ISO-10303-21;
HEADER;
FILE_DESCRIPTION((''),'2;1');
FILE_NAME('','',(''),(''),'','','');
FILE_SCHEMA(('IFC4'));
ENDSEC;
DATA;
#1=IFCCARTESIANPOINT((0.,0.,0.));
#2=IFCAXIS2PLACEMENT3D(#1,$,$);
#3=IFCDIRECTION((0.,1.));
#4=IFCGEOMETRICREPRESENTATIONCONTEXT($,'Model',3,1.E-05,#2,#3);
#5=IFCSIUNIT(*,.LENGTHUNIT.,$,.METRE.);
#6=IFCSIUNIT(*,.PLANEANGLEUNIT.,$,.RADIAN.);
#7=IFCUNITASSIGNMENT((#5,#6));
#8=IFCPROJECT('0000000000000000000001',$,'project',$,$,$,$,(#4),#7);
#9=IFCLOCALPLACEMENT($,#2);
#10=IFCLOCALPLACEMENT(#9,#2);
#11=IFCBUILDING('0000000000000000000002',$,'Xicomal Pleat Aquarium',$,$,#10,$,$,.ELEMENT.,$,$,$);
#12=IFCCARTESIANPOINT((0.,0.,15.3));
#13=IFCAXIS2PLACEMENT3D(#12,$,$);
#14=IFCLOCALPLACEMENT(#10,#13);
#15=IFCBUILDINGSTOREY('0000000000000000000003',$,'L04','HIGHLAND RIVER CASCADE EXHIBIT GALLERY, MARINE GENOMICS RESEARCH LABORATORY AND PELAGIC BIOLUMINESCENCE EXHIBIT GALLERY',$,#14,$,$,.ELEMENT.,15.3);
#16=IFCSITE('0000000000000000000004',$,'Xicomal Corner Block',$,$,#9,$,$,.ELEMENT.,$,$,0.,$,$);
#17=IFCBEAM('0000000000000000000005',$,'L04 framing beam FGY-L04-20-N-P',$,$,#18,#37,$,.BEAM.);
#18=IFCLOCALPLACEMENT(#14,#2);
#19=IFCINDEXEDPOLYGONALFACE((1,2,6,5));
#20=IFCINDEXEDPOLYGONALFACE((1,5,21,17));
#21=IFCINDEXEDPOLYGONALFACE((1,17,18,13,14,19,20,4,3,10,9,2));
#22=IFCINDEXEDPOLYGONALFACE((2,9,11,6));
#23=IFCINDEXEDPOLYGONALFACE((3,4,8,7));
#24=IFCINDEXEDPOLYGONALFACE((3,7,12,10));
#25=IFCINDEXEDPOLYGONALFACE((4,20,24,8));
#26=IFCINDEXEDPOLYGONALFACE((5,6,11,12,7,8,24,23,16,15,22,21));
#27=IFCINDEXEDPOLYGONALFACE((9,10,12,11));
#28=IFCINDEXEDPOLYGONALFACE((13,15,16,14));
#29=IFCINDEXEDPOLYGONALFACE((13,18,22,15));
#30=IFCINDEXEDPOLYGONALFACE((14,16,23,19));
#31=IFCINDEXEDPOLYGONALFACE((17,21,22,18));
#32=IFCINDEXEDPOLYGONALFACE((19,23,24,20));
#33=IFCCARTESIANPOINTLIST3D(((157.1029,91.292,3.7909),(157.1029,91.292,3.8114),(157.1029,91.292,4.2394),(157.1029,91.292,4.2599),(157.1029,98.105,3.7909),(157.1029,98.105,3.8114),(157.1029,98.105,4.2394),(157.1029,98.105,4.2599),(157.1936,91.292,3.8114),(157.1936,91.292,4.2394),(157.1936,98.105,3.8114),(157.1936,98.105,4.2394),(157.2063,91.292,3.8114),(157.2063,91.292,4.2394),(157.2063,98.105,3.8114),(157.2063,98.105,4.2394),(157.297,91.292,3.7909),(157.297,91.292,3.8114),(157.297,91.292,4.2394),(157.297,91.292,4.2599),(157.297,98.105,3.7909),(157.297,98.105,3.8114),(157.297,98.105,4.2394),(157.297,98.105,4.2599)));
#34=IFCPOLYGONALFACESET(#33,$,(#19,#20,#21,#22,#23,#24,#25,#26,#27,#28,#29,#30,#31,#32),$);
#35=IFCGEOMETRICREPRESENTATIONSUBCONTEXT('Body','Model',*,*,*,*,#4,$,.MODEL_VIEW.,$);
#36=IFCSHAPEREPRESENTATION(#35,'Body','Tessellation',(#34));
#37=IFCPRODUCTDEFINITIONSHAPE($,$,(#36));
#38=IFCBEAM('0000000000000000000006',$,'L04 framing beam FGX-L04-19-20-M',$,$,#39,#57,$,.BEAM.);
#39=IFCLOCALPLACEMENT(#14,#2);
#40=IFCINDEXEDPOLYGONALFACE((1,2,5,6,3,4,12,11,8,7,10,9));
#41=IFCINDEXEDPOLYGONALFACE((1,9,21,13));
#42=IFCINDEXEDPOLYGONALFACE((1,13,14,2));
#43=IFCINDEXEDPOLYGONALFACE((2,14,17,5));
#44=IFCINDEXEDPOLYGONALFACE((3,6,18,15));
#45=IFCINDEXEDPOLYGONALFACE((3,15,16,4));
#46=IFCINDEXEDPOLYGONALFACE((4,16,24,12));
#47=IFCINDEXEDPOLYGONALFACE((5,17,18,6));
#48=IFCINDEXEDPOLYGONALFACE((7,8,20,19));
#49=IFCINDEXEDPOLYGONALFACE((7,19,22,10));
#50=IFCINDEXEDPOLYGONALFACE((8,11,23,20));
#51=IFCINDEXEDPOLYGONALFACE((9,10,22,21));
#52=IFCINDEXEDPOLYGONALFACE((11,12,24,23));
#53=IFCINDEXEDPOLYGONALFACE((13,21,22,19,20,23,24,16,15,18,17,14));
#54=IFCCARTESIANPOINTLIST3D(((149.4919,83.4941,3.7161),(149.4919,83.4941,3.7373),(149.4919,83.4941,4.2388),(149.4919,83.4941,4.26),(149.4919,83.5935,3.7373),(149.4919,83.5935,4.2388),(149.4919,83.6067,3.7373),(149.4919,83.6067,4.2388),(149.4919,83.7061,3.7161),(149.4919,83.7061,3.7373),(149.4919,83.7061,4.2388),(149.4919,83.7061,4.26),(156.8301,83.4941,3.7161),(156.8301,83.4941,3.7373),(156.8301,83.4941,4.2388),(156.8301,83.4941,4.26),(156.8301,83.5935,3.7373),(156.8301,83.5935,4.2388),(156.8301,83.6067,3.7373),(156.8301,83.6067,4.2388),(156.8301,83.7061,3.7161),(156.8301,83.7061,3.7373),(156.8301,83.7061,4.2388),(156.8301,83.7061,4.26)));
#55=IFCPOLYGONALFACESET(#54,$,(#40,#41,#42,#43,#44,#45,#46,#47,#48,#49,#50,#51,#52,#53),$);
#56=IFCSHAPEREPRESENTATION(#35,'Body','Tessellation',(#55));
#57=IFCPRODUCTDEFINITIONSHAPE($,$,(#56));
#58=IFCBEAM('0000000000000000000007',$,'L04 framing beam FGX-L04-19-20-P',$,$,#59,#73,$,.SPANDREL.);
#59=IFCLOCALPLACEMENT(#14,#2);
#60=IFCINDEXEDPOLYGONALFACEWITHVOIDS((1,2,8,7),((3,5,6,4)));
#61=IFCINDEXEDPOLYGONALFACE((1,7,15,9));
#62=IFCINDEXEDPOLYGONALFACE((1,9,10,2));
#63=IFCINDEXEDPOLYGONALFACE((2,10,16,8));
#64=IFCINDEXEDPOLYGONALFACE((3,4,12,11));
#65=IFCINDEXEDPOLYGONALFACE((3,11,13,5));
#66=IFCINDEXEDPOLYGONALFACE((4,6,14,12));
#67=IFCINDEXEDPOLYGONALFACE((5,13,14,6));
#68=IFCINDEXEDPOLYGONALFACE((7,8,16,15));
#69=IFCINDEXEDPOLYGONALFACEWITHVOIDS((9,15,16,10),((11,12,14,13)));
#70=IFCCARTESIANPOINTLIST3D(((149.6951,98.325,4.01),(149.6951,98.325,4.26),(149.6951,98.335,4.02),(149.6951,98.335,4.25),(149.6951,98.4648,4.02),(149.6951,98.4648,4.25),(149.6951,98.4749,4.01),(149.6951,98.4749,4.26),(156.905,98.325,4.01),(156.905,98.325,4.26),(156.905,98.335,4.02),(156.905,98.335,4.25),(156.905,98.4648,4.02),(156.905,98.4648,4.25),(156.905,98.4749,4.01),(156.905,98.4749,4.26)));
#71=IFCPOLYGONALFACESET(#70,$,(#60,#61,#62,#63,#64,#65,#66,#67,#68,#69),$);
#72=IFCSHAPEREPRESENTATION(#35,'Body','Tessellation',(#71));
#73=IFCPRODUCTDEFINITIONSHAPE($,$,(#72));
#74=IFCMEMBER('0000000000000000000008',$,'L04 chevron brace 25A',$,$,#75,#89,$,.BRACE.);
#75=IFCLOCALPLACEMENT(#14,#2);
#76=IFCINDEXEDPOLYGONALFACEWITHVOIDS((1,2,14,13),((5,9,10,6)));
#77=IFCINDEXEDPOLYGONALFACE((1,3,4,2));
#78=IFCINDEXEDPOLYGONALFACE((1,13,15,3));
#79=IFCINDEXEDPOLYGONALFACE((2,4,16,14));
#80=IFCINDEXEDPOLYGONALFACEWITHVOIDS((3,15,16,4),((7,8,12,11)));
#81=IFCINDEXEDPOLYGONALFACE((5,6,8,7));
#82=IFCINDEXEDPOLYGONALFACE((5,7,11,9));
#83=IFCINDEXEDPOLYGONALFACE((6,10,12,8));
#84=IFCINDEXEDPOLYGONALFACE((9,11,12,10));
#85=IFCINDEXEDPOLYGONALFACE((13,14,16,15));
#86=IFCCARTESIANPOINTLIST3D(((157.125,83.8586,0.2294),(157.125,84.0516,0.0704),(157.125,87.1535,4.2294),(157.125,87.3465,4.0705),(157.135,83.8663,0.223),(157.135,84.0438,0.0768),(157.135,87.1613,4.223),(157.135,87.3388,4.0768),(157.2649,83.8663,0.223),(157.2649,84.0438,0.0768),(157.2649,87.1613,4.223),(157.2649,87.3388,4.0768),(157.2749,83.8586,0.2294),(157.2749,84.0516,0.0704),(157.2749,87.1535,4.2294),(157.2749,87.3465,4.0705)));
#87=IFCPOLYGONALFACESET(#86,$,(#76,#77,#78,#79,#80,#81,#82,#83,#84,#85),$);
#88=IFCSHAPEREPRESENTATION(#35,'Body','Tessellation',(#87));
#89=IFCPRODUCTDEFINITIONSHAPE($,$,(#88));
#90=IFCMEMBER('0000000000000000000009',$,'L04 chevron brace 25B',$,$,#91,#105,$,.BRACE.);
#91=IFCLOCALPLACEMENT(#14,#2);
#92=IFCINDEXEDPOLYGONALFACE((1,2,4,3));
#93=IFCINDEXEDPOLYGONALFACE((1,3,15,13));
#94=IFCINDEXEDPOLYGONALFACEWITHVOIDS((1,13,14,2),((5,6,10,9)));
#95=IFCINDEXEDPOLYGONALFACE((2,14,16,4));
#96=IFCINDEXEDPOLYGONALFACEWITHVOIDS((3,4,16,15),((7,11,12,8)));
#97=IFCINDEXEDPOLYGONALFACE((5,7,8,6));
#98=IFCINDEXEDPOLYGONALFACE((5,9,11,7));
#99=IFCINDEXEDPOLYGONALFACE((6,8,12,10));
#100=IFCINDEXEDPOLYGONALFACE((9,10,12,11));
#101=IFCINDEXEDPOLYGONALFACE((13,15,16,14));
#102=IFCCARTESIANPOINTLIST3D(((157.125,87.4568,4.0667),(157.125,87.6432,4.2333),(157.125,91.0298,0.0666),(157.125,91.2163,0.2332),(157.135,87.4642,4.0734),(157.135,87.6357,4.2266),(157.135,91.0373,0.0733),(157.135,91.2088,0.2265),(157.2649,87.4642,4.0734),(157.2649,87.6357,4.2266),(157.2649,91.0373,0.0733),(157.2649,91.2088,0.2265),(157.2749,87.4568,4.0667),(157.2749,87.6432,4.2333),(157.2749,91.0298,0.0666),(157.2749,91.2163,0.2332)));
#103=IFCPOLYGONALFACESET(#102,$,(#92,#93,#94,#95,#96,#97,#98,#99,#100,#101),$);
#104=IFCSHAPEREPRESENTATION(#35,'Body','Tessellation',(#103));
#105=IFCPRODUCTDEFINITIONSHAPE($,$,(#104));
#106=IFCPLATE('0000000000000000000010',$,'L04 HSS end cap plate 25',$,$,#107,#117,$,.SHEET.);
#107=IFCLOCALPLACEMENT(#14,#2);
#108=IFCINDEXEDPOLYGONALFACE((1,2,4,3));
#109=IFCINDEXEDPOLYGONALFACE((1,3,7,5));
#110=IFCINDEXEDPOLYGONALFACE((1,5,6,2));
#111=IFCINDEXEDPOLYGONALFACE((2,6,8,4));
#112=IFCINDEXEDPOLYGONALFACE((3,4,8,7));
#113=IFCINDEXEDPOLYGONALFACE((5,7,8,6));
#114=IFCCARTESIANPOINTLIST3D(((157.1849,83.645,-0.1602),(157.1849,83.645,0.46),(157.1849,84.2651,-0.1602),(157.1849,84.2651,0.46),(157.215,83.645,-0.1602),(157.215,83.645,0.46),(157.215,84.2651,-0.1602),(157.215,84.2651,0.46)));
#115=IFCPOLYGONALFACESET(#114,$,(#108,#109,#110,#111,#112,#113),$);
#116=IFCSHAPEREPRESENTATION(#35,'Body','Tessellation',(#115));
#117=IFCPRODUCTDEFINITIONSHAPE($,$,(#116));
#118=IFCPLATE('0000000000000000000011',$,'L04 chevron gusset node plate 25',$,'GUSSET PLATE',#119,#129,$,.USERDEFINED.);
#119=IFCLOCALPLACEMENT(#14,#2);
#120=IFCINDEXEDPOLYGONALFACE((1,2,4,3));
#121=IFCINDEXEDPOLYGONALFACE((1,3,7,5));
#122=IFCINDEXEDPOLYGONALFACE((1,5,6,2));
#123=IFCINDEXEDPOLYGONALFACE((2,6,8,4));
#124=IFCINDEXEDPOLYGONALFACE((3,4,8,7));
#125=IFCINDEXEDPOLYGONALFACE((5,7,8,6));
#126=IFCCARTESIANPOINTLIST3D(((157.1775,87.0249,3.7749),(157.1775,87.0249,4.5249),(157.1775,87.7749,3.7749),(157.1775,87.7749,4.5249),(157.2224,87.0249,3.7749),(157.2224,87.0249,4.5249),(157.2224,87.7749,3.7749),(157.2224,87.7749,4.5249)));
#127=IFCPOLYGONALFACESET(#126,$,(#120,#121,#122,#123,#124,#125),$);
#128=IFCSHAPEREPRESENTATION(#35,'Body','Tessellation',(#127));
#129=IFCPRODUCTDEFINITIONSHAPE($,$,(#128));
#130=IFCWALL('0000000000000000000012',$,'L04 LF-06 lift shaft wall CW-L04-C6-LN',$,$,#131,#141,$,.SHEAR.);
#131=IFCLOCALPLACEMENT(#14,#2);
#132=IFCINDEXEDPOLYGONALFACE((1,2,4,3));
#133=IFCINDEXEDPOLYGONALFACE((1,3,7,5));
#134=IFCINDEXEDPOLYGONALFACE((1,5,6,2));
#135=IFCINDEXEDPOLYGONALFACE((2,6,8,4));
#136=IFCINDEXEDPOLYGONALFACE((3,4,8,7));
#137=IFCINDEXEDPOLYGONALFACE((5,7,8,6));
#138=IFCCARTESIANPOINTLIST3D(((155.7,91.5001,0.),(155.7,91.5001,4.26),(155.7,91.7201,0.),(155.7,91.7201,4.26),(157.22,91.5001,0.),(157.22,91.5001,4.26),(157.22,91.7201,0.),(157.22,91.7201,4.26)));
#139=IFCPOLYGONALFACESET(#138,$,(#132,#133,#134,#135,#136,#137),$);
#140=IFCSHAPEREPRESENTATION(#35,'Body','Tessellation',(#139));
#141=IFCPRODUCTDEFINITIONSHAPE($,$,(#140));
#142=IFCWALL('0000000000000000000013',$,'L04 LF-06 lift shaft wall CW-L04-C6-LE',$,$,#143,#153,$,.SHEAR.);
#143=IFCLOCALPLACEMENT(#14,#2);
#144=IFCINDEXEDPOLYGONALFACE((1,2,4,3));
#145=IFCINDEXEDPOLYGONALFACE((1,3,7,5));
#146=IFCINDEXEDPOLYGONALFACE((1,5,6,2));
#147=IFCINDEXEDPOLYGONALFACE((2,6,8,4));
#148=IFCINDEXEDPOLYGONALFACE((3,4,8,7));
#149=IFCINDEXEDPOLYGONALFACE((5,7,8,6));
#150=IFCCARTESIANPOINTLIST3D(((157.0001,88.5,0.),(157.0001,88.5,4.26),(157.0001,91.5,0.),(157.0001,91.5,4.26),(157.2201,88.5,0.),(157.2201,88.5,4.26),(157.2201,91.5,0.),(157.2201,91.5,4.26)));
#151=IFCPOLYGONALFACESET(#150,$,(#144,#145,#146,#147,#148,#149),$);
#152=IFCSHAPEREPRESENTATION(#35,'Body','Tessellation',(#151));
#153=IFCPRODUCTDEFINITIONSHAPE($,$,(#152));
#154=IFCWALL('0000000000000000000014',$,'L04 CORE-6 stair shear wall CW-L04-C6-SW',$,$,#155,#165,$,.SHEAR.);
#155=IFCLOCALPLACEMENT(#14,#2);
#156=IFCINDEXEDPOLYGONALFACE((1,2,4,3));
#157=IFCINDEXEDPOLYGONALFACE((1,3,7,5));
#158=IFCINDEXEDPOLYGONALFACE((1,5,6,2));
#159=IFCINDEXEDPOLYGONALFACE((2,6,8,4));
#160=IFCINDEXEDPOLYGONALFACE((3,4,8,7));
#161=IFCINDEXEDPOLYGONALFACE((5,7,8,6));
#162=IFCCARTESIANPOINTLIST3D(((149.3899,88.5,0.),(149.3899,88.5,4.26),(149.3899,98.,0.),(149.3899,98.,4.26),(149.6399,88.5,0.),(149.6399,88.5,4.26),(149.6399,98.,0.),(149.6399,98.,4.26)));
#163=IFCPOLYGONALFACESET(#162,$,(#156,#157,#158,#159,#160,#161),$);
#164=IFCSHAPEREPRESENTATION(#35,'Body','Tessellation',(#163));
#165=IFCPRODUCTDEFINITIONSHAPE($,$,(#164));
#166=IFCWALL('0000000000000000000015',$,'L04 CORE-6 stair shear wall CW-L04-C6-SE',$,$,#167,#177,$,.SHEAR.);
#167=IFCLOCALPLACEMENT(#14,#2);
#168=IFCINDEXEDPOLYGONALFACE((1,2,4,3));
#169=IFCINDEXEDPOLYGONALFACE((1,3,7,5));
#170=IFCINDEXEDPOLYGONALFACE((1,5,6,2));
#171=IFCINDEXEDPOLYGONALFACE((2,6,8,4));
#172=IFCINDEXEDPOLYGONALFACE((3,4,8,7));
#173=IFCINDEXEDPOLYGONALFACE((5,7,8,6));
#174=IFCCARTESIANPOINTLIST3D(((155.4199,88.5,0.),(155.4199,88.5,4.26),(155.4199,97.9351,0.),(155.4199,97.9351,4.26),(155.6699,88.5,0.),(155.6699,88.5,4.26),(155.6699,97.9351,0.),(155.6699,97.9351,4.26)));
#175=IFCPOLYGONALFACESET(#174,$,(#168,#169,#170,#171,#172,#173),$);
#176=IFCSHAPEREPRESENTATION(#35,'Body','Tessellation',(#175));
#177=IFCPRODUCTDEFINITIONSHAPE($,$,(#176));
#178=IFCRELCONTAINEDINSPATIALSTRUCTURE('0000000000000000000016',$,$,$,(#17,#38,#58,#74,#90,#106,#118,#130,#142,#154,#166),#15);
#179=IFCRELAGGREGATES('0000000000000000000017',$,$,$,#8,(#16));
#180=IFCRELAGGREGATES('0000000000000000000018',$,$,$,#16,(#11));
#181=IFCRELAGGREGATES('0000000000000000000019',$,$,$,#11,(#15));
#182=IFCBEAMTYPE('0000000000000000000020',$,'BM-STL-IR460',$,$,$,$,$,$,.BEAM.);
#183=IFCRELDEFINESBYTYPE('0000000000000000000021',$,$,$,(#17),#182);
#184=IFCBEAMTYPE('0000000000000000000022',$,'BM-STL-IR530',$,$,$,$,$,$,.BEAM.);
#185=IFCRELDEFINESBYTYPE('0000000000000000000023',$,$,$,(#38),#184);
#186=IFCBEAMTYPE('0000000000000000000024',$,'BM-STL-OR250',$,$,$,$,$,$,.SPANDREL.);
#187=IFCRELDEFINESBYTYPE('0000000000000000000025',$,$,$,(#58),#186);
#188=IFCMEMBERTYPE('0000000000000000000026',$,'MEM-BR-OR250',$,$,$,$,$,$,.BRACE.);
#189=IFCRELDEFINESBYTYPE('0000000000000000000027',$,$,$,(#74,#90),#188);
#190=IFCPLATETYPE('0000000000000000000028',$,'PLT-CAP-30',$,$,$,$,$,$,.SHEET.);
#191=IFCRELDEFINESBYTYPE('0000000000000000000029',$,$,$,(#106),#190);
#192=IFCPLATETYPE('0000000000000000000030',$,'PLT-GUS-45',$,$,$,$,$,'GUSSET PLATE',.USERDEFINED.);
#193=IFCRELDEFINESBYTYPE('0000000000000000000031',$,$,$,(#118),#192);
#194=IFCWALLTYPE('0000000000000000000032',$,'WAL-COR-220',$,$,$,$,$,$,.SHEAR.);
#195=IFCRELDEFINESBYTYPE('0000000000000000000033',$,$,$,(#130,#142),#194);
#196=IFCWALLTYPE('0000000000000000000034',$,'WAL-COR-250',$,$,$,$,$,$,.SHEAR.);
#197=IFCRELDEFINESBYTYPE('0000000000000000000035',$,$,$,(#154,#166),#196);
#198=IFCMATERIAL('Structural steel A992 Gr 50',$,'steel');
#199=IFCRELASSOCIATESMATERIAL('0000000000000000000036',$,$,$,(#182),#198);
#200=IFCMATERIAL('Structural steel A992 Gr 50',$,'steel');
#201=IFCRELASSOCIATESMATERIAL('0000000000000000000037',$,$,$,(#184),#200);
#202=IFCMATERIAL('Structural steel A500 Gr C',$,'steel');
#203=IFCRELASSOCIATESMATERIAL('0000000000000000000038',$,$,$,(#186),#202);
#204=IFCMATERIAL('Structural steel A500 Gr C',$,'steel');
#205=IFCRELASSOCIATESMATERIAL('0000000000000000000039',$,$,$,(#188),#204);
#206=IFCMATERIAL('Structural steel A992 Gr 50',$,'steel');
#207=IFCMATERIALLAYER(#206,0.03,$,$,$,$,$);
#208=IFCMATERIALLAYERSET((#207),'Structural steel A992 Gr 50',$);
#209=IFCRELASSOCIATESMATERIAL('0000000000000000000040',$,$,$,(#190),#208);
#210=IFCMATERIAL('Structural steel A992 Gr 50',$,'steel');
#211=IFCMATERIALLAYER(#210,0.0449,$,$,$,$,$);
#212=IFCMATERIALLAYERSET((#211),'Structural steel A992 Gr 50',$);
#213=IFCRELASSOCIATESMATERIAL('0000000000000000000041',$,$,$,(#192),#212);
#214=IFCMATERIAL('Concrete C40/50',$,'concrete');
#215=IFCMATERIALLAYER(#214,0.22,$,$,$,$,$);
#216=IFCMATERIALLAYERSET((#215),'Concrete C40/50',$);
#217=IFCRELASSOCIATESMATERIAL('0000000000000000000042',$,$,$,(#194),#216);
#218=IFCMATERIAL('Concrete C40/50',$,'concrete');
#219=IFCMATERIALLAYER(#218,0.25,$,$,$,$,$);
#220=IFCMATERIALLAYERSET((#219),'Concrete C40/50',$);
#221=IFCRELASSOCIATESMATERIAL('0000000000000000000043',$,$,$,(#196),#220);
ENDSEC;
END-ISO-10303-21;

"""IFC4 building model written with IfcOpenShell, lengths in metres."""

from ifc_helpers import new_model, si_unit, direction, frame, frame_2d, origin, origin_2d, place, context, subcontext, project, spatial, rectangle, hollow_rectangle, i_section, extrude, material, layer, layer_set, material_profile, profile_set, type_object, element, save


model = new_model("IFC4")

# Units and contexts
model_context = context("Model", 3, precision=1e-05, world=origin(), true_north=direction((0.0, 1.0)))
body_context = subcontext(model_context, "Body", "Model", "MODEL_VIEW")
ifc_project = project(units=[si_unit("LENGTHUNIT", "METRE"), si_unit("PLANEANGLEUNIT", "RADIAN")], contexts=[model_context])

# Site, building, storey
site_placement = place(None, origin())
site = spatial("IfcSite", under=ifc_project, at=site_placement, Name="Xicomal Corner Block", CompositionType="ELEMENT", RefElevation=0.0)
building_placement = place(site_placement, origin())
building = spatial("IfcBuilding", under=site, at=building_placement, Name="Xicomal Pleat Aquarium", CompositionType="ELEMENT")
storey_placement = place(building_placement, frame((0.0, 0.0, 15.3)))
storey = spatial("IfcBuildingStorey", under=building, at=storey_placement, Name="L04", Description="HIGHLAND RIVER CASCADE EXHIBIT GALLERY, MARINE GENOMICS RESEARCH LABORATORY AND PELAGIC BIOLUMINESCENCE EXHIBIT GALLERY", CompositionType="ELEMENT", Elevation=15.3)

# Beams
ifc_material_1 = material(Name="Structural steel A992 Gr 50", Category="steel")
ifc_material_profile_1 = material_profile(ifc_material_1, i_section(OverallWidth=0.1941, OverallDepth=0.469, WebThickness=0.0127, FlangeThickness=0.0205, at=origin_2d()), Name="IR 460x106")
ifc_profile_set_1 = profile_set([ifc_material_profile_1], Name="Structural steel A992 Gr 50")
beam_type_1 = type_object("IfcBeamType", Name="BM-STL-IR460", PredefinedType="BEAM", material=ifc_profile_set_1)
beam_1_placement = place(storey_placement, frame((157.2, 91.292, 4.0254), z_axis=(0.0, 1.0, 0.0), x_axis=(-1.0, 0.0, 0.0)))
element("IfcBeam", 1, at=beam_1_placement, inside=storey, type_object=beam_type_1, Name="L04 framing beam FGY-L04-20-N-P", PredefinedType="BEAM", context=body_context, shape_type="SweptSolid", body=[
    extrude(i_section(OverallWidth=0.1941, OverallDepth=0.469, WebThickness=0.0127, FlangeThickness=0.0205, at=origin_2d()), origin(), (0.0, 0.0, 1.0), 6.813),
])
ifc_material_2 = material(Name="Structural steel A992 Gr 50", Category="steel")
ifc_material_profile_2 = material_profile(ifc_material_2, i_section(OverallWidth=0.2119, OverallDepth=0.5439, WebThickness=0.0132, FlangeThickness=0.0212, at=origin_2d()), Name="IR 530x123")
ifc_profile_set_2 = profile_set([ifc_material_profile_2], Name="Structural steel A992 Gr 50")
beam_type_2 = type_object("IfcBeamType", Name="BM-STL-IR530", PredefinedType="BEAM", material=ifc_profile_set_2)
beam_2_placement = place(storey_placement, frame((149.4919, 83.6001, 3.988), z_axis=(1.0, 0.0, 0.0), x_axis=(0.0, 1.0, 0.0)))
element("IfcBeam", 2, at=beam_2_placement, inside=storey, type_object=beam_type_2, Name="L04 framing beam FGX-L04-19-20-M", PredefinedType="BEAM", context=body_context, shape_type="SweptSolid", body=[
    extrude(i_section(OverallWidth=0.2119, OverallDepth=0.5439, WebThickness=0.0132, FlangeThickness=0.0212, at=origin_2d()), origin(), (0.0, 0.0, 1.0), 7.3381),
])
ifc_material_3 = material(Name="Structural steel A500 Gr C", Category="steel")
ifc_material_profile_3 = material_profile(ifc_material_3, hollow_rectangle(XDim=0.1499, YDim=0.25, WallThickness=0.01, at=origin_2d()), Name="OR 250x150x10")
ifc_profile_set_3 = profile_set([ifc_material_profile_3], Name="Structural steel A500 Gr C")
beam_type_3 = type_object("IfcBeamType", Name="BM-STL-OR250", PredefinedType="SPANDREL", material=ifc_profile_set_3)
beam_3_placement = place(storey_placement, frame((149.6951, 98.3999, 4.135), z_axis=(1.0, 0.0, 0.0), x_axis=(0.0, 1.0, 0.0)))
element("IfcBeam", 3, at=beam_3_placement, inside=storey, type_object=beam_type_3, Name="L04 framing beam FGX-L04-19-20-P", PredefinedType="SPANDREL", context=body_context, shape_type="SweptSolid", body=[
    extrude(hollow_rectangle(XDim=0.1499, YDim=0.25, WallThickness=0.01, at=origin_2d()), origin(), (0.0, 0.0, 1.0), 7.21),
])

# Members
ifc_material_4 = material(Name="Structural steel A500 Gr C", Category="steel")
ifc_material_profile_4 = material_profile(ifc_material_4, hollow_rectangle(XDim=0.1499, YDim=0.25, WallThickness=0.01, at=origin_2d()), Name="OR 250x150x10")
ifc_profile_set_4 = profile_set([ifc_material_profile_4], Name="Structural steel A500 Gr C")
member_type = type_object("IfcMemberType", Name="MEM-BR-OR250", PredefinedType="BRACE", material=ifc_profile_set_4)
member_1_placement = place(storey_placement, frame((157.2, 83.9551, 0.1499), z_axis=(0.0, 0.6358, 0.771854), x_axis=(-1.0, 0.0, 0.0)))
element("IfcMember", 4, at=member_1_placement, inside=storey, type_object=member_type, Name="L04 chevron brace 25A", PredefinedType="BRACE", context=body_context, shape_type="SweptSolid", body=[
    extrude(hollow_rectangle(XDim=0.1499, YDim=0.25, WallThickness=0.01, at=origin_2d()), origin(), (0.0, 0.0, 1.0), 5.1824),
])
member_2_placement = place(storey_placement, frame((157.2, 91.123, 0.1499), z_axis=(0.0, -0.666179, 0.745792), x_axis=(1.0, 0.0, 0.0)))
element("IfcMember", 5, at=member_2_placement, inside=storey, type_object=member_type, Name="L04 chevron brace 25B", PredefinedType="BRACE", context=body_context, shape_type="SweptSolid", body=[
    extrude(hollow_rectangle(XDim=0.1499, YDim=0.25, WallThickness=0.01, at=origin_2d()), origin(), (0.0, 0.0, 1.0), 5.3635),
])

# Plates
ifc_material_5 = material(Name="Structural steel A992 Gr 50", Category="steel")
ifc_layer_1 = layer(ifc_material_5, 0.03)
ifc_layer_set_1 = layer_set([ifc_layer_1], Name="Structural steel A992 Gr 50")
plate_type_1 = type_object("IfcPlateType", Name="PLT-CAP-30", PredefinedType="SHEET", material=ifc_layer_set_1)
plate_1_placement = place(storey_placement, frame((157.2, 83.9551, -0.1602), z_axis=(0.0, 0.0, 1.0), x_axis=(0.0, 1.0, 0.0)))
element("IfcPlate", 6, at=plate_1_placement, inside=storey, type_object=plate_type_1, Name="L04 HSS end cap plate 25", PredefinedType="SHEET", context=body_context, shape_type="SweptSolid", body=[
    extrude(rectangle(XDim=0.6201, YDim=0.03, at=origin_2d()), origin(), (0.0, 0.0, 1.0), 0.6201),
])
ifc_material_6 = material(Name="Structural steel A992 Gr 50", Category="steel")
ifc_layer_2 = layer(ifc_material_6, 0.0449)
ifc_layer_set_2 = layer_set([ifc_layer_2], Name="Structural steel A992 Gr 50")
plate_type_2 = type_object("IfcPlateType", Name="PLT-GUS-45", ElementType="GUSSET PLATE", PredefinedType="USERDEFINED", material=ifc_layer_set_2)
plate_2_placement = place(storey_placement, frame((157.2, 87.3999, 3.7749), z_axis=(0.0, 0.0, 1.0), x_axis=(0.0, 1.0, 0.0)))
element("IfcPlate", 7, at=plate_2_placement, inside=storey, type_object=plate_type_2, Name="L04 chevron gusset node plate 25", ObjectType="GUSSET PLATE", PredefinedType="USERDEFINED", context=body_context, shape_type="SweptSolid", body=[
    extrude(rectangle(XDim=0.75, YDim=0.0449, at=origin_2d()), origin(), (0.0, 0.0, 1.0), 0.75),
])

# Shared definitions
ifc_material_7 = material(Name="Concrete C40/50", Category="concrete")
ifc_layer_3 = layer(ifc_material_7, 0.22)
ifc_layer_set_3 = layer_set([ifc_layer_3], Name="Concrete C40/50")
wall_type_1 = type_object("IfcWallType", Name="WAL-COR-220", PredefinedType="SHEAR", material=ifc_layer_set_3)

# Walls
wall_1_placement = place(storey_placement, frame((155.7, 91.6101, 0.0), z_axis=(0.0, 0.0, 1.0), x_axis=(1.0, 0.0, 0.0)))
element("IfcWall", 8, at=wall_1_placement, inside=storey, type_object=wall_type_1, Name="L04 LF-06 lift shaft wall CW-L04-C6-LN", PredefinedType="SHEAR", context=body_context, shape_type="SweptSolid", body=[
    extrude(rectangle(XDim=1.52, YDim=0.22, at=frame_2d((0.76, 0.0))), origin(), (0.0, 0.0, 1.0), 4.26),
])
wall_2_placement = place(storey_placement, frame((157.1101, 88.5, 0.0), z_axis=(0.0, 0.0, 1.0), x_axis=(0.0, 1.0, 0.0)))
element("IfcWall", 9, at=wall_2_placement, inside=storey, type_object=wall_type_1, Name="L04 LF-06 lift shaft wall CW-L04-C6-LE", PredefinedType="SHEAR", context=body_context, shape_type="SweptSolid", body=[
    extrude(rectangle(XDim=3.0, YDim=0.22, at=frame_2d((1.5, 0.0))), origin(), (0.0, 0.0, 1.0), 4.26),
])
ifc_material_8 = material(Name="Concrete C40/50", Category="concrete")
ifc_layer_4 = layer(ifc_material_8, 0.25)
ifc_layer_set_4 = layer_set([ifc_layer_4], Name="Concrete C40/50")
wall_type_2 = type_object("IfcWallType", Name="WAL-COR-250", PredefinedType="SHEAR", material=ifc_layer_set_4)
wall_3_placement = place(storey_placement, frame((149.5149, 88.5, 0.0), z_axis=(0.0, 0.0, 1.0), x_axis=(0.0, 1.0, 0.0)))
element("IfcWall", 10, at=wall_3_placement, inside=storey, type_object=wall_type_2, Name="L04 CORE-6 stair shear wall CW-L04-C6-SW", PredefinedType="SHEAR", context=body_context, shape_type="SweptSolid", body=[
    extrude(rectangle(XDim=9.5, YDim=0.25, at=frame_2d((4.75, 0.0))), origin(), (0.0, 0.0, 1.0), 4.26),
])
wall_4_placement = place(storey_placement, frame((155.5449, 88.5, 0.0), z_axis=(0.0, 0.0, 1.0), x_axis=(0.0, 1.0, 0.0)))
element("IfcWall", 11, at=wall_4_placement, inside=storey, type_object=wall_type_2, Name="L04 CORE-6 stair shear wall CW-L04-C6-SE", PredefinedType="SHEAR", context=body_context, shape_type="SweptSolid", body=[
    extrude(rectangle(XDim=9.4351, YDim=0.25, at=frame_2d((4.7175, 0.0))), origin(), (0.0, 0.0, 1.0), 4.26),
])

save(model, "model.ifc")
